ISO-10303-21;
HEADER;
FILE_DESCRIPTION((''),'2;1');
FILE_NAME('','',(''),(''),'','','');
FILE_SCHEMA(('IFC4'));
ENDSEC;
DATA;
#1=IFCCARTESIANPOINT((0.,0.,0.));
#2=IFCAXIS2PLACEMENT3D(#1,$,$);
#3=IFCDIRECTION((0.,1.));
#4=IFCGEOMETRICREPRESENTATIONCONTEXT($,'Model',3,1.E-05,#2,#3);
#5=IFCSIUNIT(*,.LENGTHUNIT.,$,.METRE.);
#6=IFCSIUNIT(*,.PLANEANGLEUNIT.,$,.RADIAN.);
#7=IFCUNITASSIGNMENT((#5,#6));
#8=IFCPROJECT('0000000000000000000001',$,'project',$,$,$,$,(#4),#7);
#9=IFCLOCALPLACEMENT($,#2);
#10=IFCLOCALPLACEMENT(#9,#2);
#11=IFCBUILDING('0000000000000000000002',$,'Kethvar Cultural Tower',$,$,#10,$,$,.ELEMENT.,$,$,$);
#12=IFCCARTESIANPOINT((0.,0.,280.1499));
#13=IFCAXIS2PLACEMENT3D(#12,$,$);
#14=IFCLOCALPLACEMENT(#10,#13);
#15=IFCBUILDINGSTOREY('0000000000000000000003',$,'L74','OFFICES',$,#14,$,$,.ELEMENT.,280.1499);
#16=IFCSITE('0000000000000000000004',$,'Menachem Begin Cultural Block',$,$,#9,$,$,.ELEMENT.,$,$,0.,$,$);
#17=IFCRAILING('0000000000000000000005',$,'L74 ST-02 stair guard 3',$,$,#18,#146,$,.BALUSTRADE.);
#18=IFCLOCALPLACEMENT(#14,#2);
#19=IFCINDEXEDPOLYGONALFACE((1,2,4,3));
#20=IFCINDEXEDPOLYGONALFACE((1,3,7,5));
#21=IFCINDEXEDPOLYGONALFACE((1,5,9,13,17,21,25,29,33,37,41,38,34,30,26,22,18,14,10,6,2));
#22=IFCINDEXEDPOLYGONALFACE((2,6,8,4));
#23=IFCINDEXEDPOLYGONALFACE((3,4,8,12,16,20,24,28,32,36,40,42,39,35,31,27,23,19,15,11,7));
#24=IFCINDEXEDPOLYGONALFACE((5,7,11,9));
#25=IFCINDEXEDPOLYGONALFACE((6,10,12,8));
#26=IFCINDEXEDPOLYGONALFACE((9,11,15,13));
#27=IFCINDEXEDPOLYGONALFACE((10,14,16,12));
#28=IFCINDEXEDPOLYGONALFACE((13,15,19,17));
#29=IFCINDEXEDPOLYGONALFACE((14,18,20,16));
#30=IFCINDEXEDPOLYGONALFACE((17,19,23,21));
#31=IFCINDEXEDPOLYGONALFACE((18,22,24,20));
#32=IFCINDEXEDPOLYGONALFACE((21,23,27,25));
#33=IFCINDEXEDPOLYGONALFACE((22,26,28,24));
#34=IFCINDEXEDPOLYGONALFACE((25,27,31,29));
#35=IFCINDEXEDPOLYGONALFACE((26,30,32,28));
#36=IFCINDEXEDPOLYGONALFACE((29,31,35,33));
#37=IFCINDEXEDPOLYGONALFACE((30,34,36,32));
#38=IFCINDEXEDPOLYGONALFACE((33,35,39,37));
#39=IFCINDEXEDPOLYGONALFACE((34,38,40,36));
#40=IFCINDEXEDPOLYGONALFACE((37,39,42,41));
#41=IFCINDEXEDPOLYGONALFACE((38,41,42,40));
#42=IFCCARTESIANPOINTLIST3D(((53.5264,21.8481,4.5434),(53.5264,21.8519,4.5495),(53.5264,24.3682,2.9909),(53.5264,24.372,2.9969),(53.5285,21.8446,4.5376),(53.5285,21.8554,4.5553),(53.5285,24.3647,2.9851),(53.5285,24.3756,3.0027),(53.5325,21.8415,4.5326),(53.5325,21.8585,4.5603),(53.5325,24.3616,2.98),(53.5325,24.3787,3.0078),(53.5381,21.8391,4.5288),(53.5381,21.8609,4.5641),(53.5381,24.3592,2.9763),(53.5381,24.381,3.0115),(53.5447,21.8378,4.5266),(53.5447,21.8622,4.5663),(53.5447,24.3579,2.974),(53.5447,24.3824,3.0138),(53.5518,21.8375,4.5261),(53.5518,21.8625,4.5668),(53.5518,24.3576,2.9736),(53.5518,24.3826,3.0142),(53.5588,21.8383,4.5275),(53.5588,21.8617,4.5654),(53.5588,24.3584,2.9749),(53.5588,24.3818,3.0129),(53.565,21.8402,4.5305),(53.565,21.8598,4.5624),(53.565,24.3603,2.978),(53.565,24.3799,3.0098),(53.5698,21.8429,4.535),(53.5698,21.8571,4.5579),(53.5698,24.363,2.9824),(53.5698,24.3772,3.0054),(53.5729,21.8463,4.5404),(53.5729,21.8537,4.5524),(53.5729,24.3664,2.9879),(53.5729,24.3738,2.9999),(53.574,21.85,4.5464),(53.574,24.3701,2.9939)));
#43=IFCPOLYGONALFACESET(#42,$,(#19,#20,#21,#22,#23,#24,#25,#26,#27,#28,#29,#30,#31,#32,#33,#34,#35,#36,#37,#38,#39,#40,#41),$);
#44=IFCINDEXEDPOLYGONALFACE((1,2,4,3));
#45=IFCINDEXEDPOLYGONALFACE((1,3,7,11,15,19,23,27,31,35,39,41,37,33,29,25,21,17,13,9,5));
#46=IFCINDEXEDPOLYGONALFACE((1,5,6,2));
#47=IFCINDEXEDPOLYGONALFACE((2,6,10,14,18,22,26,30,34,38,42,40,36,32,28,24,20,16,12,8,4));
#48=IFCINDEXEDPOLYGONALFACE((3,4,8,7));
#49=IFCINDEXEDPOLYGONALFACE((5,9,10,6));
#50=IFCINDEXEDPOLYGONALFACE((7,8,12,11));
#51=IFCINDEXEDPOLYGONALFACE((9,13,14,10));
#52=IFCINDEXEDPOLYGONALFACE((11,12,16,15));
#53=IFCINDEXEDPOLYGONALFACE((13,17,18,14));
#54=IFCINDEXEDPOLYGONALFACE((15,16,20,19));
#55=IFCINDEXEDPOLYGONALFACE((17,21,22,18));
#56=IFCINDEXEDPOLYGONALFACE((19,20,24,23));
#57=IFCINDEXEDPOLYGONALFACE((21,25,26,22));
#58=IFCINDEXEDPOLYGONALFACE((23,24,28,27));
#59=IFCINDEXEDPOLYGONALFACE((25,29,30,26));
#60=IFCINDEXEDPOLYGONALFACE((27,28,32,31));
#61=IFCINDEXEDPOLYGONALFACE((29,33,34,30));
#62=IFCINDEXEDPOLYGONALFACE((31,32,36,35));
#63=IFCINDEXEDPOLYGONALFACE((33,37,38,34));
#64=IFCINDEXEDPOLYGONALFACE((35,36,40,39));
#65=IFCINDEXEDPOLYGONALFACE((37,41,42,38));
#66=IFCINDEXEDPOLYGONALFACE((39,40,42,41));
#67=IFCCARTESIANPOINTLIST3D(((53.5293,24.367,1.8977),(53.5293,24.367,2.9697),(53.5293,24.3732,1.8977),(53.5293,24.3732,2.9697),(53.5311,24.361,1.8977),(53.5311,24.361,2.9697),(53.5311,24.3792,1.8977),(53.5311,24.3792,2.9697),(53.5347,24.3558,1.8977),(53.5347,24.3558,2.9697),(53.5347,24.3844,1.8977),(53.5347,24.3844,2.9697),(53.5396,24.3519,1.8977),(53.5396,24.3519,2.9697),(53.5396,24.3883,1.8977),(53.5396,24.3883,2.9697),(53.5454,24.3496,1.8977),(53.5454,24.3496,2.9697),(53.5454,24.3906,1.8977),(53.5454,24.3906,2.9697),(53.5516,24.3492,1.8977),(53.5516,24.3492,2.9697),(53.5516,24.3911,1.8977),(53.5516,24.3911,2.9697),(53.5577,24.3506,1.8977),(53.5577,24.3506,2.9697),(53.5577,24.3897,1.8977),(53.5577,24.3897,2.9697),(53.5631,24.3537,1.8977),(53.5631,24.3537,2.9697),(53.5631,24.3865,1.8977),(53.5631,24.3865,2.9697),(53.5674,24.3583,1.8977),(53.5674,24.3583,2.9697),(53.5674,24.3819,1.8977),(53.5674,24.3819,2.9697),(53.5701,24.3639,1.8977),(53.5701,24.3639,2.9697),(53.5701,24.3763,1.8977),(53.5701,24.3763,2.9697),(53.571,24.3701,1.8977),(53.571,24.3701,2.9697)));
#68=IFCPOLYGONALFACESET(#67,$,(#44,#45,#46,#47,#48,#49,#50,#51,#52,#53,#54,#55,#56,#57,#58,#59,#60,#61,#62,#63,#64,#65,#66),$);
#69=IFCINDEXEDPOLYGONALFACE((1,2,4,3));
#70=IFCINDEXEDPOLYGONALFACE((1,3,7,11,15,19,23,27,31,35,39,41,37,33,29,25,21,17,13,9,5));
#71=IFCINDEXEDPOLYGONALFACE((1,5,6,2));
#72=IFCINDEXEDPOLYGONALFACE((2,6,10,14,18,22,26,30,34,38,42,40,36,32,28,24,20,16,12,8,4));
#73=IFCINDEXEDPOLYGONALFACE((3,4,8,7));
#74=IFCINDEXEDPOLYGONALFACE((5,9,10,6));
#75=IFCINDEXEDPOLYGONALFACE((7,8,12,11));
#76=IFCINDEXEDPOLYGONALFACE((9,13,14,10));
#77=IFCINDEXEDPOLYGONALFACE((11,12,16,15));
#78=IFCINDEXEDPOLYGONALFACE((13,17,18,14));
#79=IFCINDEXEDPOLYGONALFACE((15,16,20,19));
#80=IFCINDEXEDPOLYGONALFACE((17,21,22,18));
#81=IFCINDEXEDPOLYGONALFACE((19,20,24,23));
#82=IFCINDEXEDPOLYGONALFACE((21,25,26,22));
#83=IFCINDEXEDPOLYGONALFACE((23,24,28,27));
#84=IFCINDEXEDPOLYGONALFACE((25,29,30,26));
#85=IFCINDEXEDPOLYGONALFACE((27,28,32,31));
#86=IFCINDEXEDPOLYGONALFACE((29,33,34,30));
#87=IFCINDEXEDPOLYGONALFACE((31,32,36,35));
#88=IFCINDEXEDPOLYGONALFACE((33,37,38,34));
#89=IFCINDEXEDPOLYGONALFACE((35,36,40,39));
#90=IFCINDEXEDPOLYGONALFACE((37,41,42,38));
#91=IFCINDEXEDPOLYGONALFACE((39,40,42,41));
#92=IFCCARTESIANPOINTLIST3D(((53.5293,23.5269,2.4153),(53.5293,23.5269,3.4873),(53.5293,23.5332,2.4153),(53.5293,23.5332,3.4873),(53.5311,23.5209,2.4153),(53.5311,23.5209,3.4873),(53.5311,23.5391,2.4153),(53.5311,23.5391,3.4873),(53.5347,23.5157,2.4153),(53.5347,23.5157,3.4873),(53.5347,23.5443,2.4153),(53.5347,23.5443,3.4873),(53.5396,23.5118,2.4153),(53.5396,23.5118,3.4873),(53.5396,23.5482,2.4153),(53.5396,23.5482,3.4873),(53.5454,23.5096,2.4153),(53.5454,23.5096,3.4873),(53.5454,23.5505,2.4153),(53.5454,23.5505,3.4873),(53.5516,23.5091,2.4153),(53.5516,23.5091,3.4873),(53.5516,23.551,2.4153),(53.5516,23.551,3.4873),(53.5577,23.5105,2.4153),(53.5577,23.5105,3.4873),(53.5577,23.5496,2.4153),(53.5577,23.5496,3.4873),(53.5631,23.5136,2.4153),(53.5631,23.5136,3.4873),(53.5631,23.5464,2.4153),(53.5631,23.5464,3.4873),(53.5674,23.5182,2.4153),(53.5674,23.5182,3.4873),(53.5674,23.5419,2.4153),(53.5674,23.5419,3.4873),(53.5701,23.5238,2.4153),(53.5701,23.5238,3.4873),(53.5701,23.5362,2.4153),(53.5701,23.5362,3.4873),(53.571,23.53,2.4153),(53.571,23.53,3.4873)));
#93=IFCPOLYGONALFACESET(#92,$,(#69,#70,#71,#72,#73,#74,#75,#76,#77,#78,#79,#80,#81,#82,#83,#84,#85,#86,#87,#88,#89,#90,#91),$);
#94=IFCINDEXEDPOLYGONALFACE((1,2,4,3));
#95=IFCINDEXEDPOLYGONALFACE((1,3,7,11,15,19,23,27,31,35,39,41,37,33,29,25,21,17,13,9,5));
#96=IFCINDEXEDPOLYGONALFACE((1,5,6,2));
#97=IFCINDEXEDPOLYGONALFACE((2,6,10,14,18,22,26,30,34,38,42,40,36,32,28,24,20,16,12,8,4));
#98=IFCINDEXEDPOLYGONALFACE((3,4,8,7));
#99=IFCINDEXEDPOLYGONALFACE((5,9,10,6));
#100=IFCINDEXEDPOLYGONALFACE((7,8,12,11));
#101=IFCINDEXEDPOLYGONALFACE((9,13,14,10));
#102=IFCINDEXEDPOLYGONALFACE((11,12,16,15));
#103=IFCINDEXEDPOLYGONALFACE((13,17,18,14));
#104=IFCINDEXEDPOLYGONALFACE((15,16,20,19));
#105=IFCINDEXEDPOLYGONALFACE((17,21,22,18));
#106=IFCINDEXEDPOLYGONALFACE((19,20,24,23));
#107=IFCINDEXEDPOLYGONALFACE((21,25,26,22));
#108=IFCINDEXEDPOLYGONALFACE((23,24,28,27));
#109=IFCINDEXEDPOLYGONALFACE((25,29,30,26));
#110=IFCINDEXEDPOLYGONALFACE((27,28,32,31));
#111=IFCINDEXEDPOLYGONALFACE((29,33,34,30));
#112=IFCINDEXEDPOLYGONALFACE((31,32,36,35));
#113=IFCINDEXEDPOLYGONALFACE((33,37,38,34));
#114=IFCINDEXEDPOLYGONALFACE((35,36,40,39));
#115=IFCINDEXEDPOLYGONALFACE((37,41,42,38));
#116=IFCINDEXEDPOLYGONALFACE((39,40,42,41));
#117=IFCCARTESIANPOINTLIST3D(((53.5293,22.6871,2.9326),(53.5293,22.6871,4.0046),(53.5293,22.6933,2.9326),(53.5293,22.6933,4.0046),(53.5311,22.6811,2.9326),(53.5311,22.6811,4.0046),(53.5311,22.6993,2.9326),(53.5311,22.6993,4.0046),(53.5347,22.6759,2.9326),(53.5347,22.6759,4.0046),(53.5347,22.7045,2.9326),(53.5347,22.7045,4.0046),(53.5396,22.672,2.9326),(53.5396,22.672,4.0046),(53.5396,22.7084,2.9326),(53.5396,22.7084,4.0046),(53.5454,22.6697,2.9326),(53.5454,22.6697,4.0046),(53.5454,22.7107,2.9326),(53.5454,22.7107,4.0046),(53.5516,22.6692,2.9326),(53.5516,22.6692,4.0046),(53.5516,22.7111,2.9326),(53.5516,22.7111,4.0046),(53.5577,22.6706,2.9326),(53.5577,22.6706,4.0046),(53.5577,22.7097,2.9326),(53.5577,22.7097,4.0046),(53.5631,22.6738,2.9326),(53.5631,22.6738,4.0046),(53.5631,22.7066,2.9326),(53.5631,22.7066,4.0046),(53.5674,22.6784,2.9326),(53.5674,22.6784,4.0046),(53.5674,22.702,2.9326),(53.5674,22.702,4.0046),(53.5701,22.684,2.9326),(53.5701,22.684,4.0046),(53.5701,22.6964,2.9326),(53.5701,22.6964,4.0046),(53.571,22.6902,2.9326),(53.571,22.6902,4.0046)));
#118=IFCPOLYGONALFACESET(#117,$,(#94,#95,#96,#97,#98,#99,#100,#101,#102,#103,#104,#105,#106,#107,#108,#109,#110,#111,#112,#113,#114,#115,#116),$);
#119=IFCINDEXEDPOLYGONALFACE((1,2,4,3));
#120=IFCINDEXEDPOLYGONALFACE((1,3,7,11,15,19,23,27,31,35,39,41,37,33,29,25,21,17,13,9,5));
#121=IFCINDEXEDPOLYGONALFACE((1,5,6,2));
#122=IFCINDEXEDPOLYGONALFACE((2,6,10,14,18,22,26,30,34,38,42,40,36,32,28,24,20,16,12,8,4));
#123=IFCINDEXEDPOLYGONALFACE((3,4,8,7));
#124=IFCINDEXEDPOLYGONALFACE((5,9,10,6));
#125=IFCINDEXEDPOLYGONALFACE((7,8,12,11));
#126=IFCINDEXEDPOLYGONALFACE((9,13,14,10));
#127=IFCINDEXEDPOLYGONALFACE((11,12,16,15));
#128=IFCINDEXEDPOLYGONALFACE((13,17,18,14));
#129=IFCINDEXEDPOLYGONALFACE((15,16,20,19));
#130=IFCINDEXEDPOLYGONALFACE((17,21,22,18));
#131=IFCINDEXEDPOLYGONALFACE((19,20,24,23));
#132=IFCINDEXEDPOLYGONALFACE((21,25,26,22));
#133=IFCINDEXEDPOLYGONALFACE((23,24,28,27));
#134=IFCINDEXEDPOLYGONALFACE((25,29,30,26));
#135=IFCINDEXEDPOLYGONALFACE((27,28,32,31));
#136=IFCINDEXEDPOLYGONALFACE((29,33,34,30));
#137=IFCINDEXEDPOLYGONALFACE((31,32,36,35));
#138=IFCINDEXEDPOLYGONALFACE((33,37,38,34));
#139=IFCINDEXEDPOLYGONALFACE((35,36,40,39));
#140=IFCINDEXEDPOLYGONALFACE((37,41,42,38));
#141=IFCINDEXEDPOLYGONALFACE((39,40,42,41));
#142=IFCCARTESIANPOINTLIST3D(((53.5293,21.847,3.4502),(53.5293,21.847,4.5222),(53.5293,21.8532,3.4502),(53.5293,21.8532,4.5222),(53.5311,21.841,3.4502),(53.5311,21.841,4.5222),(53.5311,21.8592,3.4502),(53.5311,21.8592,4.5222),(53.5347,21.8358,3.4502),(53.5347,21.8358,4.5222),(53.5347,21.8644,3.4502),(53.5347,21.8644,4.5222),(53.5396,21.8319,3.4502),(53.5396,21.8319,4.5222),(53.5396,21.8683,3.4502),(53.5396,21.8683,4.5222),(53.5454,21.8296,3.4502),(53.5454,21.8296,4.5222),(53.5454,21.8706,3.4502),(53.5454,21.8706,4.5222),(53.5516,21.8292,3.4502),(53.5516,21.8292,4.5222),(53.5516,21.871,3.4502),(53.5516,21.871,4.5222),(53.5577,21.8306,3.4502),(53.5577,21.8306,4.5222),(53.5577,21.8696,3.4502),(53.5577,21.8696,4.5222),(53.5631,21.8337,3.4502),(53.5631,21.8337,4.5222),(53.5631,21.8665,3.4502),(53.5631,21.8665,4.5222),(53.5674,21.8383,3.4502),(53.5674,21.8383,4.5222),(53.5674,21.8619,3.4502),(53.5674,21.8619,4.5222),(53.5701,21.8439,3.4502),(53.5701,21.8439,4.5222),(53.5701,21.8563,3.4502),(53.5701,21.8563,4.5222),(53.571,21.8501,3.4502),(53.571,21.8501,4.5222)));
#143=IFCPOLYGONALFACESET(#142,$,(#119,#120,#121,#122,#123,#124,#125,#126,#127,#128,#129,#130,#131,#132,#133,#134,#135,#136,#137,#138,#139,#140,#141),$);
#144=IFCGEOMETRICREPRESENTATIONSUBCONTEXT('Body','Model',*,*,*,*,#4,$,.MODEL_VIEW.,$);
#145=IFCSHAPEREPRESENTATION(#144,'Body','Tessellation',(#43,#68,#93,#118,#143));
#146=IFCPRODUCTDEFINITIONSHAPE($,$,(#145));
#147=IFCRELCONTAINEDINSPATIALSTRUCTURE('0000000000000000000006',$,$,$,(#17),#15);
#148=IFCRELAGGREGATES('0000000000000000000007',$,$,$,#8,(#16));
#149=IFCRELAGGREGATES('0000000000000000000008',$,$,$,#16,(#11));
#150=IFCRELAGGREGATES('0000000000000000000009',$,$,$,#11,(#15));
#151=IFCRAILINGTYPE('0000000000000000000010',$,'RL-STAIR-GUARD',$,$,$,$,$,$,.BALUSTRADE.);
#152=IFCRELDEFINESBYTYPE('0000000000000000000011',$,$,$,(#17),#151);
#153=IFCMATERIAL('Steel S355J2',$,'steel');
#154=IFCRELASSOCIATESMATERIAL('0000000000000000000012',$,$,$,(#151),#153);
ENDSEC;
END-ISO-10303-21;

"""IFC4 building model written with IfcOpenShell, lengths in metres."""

from ifc_helpers import new_model, si_unit, direction, frame, origin, origin_2d, place, context, subcontext, project, spatial, circle, extrude, material, type_object, element, save


model = new_model("IFC4")

# Units and contexts
model_context = context("Model", 3, precision=1e-05, world=origin(), true_north=direction((0.0, 1.0)))
body_context = subcontext(model_context, "Body", "Model", "MODEL_VIEW")
ifc_project = project(units=[si_unit("LENGTHUNIT", "METRE"), si_unit("PLANEANGLEUNIT", "RADIAN")], contexts=[model_context])

# Site, building, storey
site_placement = place(None, origin())
site = spatial("IfcSite", under=ifc_project, at=site_placement, Name="Menachem Begin Cultural Block", CompositionType="ELEMENT", RefElevation=0.0)
building_placement = place(site_placement, origin())
building = spatial("IfcBuilding", under=site, at=building_placement, Name="Kethvar Cultural Tower", CompositionType="ELEMENT")
storey_placement = place(building_placement, frame((0.0, 0.0, 280.1499)))
storey = spatial("IfcBuildingStorey", under=building, at=storey_placement, Name="L74", Description="OFFICES", CompositionType="ELEMENT", Elevation=280.1499)

# Shared definitions
ifc_material_1 = material(Name="Steel S355J2", Category="steel")

# Railing
railing_type_1 = type_object("IfcRailingType", Name="RL-STAIR-GUARD", PredefinedType="BALUSTRADE", material=ifc_material_1)
railing_1_placement = place(storey_placement, frame((53.55, 24.3701, 1.8977)))
element("IfcRailing", 1, at=railing_1_placement, inside=storey, type_object=railing_type_1, Name="L74 ST-02 stair guard 3", PredefinedType="BALUSTRADE", context=body_context, shape_type="SweptSolid", body=[
    extrude(circle(Radius=0.0239, at=origin_2d()), frame((0.0, 0.0, 1.0962), z_axis=(0.0, -0.8514, 0.524516), x_axis=(1.0, 0.0, 0.0)), (0.0, 0.0, 1.0), 2.96),
    extrude(circle(Radius=0.021, at=origin_2d()), origin(), (0.0, 0.0, 1.0), 1.072),
    extrude(circle(Radius=0.021, at=origin_2d()), frame((0.0, -0.8401, 0.5176)), (0.0, 0.0, 1.0), 1.072),
    extrude(circle(Radius=0.021, at=origin_2d()), frame((0.0, -1.6799, 1.0349)), (0.0, 0.0, 1.0), 1.072),
    extrude(circle(Radius=0.021, at=origin_2d()), frame((0.0, -2.52, 1.5525)), (0.0, 0.0, 1.0), 1.072),
])

save(model, "model.ifc")
